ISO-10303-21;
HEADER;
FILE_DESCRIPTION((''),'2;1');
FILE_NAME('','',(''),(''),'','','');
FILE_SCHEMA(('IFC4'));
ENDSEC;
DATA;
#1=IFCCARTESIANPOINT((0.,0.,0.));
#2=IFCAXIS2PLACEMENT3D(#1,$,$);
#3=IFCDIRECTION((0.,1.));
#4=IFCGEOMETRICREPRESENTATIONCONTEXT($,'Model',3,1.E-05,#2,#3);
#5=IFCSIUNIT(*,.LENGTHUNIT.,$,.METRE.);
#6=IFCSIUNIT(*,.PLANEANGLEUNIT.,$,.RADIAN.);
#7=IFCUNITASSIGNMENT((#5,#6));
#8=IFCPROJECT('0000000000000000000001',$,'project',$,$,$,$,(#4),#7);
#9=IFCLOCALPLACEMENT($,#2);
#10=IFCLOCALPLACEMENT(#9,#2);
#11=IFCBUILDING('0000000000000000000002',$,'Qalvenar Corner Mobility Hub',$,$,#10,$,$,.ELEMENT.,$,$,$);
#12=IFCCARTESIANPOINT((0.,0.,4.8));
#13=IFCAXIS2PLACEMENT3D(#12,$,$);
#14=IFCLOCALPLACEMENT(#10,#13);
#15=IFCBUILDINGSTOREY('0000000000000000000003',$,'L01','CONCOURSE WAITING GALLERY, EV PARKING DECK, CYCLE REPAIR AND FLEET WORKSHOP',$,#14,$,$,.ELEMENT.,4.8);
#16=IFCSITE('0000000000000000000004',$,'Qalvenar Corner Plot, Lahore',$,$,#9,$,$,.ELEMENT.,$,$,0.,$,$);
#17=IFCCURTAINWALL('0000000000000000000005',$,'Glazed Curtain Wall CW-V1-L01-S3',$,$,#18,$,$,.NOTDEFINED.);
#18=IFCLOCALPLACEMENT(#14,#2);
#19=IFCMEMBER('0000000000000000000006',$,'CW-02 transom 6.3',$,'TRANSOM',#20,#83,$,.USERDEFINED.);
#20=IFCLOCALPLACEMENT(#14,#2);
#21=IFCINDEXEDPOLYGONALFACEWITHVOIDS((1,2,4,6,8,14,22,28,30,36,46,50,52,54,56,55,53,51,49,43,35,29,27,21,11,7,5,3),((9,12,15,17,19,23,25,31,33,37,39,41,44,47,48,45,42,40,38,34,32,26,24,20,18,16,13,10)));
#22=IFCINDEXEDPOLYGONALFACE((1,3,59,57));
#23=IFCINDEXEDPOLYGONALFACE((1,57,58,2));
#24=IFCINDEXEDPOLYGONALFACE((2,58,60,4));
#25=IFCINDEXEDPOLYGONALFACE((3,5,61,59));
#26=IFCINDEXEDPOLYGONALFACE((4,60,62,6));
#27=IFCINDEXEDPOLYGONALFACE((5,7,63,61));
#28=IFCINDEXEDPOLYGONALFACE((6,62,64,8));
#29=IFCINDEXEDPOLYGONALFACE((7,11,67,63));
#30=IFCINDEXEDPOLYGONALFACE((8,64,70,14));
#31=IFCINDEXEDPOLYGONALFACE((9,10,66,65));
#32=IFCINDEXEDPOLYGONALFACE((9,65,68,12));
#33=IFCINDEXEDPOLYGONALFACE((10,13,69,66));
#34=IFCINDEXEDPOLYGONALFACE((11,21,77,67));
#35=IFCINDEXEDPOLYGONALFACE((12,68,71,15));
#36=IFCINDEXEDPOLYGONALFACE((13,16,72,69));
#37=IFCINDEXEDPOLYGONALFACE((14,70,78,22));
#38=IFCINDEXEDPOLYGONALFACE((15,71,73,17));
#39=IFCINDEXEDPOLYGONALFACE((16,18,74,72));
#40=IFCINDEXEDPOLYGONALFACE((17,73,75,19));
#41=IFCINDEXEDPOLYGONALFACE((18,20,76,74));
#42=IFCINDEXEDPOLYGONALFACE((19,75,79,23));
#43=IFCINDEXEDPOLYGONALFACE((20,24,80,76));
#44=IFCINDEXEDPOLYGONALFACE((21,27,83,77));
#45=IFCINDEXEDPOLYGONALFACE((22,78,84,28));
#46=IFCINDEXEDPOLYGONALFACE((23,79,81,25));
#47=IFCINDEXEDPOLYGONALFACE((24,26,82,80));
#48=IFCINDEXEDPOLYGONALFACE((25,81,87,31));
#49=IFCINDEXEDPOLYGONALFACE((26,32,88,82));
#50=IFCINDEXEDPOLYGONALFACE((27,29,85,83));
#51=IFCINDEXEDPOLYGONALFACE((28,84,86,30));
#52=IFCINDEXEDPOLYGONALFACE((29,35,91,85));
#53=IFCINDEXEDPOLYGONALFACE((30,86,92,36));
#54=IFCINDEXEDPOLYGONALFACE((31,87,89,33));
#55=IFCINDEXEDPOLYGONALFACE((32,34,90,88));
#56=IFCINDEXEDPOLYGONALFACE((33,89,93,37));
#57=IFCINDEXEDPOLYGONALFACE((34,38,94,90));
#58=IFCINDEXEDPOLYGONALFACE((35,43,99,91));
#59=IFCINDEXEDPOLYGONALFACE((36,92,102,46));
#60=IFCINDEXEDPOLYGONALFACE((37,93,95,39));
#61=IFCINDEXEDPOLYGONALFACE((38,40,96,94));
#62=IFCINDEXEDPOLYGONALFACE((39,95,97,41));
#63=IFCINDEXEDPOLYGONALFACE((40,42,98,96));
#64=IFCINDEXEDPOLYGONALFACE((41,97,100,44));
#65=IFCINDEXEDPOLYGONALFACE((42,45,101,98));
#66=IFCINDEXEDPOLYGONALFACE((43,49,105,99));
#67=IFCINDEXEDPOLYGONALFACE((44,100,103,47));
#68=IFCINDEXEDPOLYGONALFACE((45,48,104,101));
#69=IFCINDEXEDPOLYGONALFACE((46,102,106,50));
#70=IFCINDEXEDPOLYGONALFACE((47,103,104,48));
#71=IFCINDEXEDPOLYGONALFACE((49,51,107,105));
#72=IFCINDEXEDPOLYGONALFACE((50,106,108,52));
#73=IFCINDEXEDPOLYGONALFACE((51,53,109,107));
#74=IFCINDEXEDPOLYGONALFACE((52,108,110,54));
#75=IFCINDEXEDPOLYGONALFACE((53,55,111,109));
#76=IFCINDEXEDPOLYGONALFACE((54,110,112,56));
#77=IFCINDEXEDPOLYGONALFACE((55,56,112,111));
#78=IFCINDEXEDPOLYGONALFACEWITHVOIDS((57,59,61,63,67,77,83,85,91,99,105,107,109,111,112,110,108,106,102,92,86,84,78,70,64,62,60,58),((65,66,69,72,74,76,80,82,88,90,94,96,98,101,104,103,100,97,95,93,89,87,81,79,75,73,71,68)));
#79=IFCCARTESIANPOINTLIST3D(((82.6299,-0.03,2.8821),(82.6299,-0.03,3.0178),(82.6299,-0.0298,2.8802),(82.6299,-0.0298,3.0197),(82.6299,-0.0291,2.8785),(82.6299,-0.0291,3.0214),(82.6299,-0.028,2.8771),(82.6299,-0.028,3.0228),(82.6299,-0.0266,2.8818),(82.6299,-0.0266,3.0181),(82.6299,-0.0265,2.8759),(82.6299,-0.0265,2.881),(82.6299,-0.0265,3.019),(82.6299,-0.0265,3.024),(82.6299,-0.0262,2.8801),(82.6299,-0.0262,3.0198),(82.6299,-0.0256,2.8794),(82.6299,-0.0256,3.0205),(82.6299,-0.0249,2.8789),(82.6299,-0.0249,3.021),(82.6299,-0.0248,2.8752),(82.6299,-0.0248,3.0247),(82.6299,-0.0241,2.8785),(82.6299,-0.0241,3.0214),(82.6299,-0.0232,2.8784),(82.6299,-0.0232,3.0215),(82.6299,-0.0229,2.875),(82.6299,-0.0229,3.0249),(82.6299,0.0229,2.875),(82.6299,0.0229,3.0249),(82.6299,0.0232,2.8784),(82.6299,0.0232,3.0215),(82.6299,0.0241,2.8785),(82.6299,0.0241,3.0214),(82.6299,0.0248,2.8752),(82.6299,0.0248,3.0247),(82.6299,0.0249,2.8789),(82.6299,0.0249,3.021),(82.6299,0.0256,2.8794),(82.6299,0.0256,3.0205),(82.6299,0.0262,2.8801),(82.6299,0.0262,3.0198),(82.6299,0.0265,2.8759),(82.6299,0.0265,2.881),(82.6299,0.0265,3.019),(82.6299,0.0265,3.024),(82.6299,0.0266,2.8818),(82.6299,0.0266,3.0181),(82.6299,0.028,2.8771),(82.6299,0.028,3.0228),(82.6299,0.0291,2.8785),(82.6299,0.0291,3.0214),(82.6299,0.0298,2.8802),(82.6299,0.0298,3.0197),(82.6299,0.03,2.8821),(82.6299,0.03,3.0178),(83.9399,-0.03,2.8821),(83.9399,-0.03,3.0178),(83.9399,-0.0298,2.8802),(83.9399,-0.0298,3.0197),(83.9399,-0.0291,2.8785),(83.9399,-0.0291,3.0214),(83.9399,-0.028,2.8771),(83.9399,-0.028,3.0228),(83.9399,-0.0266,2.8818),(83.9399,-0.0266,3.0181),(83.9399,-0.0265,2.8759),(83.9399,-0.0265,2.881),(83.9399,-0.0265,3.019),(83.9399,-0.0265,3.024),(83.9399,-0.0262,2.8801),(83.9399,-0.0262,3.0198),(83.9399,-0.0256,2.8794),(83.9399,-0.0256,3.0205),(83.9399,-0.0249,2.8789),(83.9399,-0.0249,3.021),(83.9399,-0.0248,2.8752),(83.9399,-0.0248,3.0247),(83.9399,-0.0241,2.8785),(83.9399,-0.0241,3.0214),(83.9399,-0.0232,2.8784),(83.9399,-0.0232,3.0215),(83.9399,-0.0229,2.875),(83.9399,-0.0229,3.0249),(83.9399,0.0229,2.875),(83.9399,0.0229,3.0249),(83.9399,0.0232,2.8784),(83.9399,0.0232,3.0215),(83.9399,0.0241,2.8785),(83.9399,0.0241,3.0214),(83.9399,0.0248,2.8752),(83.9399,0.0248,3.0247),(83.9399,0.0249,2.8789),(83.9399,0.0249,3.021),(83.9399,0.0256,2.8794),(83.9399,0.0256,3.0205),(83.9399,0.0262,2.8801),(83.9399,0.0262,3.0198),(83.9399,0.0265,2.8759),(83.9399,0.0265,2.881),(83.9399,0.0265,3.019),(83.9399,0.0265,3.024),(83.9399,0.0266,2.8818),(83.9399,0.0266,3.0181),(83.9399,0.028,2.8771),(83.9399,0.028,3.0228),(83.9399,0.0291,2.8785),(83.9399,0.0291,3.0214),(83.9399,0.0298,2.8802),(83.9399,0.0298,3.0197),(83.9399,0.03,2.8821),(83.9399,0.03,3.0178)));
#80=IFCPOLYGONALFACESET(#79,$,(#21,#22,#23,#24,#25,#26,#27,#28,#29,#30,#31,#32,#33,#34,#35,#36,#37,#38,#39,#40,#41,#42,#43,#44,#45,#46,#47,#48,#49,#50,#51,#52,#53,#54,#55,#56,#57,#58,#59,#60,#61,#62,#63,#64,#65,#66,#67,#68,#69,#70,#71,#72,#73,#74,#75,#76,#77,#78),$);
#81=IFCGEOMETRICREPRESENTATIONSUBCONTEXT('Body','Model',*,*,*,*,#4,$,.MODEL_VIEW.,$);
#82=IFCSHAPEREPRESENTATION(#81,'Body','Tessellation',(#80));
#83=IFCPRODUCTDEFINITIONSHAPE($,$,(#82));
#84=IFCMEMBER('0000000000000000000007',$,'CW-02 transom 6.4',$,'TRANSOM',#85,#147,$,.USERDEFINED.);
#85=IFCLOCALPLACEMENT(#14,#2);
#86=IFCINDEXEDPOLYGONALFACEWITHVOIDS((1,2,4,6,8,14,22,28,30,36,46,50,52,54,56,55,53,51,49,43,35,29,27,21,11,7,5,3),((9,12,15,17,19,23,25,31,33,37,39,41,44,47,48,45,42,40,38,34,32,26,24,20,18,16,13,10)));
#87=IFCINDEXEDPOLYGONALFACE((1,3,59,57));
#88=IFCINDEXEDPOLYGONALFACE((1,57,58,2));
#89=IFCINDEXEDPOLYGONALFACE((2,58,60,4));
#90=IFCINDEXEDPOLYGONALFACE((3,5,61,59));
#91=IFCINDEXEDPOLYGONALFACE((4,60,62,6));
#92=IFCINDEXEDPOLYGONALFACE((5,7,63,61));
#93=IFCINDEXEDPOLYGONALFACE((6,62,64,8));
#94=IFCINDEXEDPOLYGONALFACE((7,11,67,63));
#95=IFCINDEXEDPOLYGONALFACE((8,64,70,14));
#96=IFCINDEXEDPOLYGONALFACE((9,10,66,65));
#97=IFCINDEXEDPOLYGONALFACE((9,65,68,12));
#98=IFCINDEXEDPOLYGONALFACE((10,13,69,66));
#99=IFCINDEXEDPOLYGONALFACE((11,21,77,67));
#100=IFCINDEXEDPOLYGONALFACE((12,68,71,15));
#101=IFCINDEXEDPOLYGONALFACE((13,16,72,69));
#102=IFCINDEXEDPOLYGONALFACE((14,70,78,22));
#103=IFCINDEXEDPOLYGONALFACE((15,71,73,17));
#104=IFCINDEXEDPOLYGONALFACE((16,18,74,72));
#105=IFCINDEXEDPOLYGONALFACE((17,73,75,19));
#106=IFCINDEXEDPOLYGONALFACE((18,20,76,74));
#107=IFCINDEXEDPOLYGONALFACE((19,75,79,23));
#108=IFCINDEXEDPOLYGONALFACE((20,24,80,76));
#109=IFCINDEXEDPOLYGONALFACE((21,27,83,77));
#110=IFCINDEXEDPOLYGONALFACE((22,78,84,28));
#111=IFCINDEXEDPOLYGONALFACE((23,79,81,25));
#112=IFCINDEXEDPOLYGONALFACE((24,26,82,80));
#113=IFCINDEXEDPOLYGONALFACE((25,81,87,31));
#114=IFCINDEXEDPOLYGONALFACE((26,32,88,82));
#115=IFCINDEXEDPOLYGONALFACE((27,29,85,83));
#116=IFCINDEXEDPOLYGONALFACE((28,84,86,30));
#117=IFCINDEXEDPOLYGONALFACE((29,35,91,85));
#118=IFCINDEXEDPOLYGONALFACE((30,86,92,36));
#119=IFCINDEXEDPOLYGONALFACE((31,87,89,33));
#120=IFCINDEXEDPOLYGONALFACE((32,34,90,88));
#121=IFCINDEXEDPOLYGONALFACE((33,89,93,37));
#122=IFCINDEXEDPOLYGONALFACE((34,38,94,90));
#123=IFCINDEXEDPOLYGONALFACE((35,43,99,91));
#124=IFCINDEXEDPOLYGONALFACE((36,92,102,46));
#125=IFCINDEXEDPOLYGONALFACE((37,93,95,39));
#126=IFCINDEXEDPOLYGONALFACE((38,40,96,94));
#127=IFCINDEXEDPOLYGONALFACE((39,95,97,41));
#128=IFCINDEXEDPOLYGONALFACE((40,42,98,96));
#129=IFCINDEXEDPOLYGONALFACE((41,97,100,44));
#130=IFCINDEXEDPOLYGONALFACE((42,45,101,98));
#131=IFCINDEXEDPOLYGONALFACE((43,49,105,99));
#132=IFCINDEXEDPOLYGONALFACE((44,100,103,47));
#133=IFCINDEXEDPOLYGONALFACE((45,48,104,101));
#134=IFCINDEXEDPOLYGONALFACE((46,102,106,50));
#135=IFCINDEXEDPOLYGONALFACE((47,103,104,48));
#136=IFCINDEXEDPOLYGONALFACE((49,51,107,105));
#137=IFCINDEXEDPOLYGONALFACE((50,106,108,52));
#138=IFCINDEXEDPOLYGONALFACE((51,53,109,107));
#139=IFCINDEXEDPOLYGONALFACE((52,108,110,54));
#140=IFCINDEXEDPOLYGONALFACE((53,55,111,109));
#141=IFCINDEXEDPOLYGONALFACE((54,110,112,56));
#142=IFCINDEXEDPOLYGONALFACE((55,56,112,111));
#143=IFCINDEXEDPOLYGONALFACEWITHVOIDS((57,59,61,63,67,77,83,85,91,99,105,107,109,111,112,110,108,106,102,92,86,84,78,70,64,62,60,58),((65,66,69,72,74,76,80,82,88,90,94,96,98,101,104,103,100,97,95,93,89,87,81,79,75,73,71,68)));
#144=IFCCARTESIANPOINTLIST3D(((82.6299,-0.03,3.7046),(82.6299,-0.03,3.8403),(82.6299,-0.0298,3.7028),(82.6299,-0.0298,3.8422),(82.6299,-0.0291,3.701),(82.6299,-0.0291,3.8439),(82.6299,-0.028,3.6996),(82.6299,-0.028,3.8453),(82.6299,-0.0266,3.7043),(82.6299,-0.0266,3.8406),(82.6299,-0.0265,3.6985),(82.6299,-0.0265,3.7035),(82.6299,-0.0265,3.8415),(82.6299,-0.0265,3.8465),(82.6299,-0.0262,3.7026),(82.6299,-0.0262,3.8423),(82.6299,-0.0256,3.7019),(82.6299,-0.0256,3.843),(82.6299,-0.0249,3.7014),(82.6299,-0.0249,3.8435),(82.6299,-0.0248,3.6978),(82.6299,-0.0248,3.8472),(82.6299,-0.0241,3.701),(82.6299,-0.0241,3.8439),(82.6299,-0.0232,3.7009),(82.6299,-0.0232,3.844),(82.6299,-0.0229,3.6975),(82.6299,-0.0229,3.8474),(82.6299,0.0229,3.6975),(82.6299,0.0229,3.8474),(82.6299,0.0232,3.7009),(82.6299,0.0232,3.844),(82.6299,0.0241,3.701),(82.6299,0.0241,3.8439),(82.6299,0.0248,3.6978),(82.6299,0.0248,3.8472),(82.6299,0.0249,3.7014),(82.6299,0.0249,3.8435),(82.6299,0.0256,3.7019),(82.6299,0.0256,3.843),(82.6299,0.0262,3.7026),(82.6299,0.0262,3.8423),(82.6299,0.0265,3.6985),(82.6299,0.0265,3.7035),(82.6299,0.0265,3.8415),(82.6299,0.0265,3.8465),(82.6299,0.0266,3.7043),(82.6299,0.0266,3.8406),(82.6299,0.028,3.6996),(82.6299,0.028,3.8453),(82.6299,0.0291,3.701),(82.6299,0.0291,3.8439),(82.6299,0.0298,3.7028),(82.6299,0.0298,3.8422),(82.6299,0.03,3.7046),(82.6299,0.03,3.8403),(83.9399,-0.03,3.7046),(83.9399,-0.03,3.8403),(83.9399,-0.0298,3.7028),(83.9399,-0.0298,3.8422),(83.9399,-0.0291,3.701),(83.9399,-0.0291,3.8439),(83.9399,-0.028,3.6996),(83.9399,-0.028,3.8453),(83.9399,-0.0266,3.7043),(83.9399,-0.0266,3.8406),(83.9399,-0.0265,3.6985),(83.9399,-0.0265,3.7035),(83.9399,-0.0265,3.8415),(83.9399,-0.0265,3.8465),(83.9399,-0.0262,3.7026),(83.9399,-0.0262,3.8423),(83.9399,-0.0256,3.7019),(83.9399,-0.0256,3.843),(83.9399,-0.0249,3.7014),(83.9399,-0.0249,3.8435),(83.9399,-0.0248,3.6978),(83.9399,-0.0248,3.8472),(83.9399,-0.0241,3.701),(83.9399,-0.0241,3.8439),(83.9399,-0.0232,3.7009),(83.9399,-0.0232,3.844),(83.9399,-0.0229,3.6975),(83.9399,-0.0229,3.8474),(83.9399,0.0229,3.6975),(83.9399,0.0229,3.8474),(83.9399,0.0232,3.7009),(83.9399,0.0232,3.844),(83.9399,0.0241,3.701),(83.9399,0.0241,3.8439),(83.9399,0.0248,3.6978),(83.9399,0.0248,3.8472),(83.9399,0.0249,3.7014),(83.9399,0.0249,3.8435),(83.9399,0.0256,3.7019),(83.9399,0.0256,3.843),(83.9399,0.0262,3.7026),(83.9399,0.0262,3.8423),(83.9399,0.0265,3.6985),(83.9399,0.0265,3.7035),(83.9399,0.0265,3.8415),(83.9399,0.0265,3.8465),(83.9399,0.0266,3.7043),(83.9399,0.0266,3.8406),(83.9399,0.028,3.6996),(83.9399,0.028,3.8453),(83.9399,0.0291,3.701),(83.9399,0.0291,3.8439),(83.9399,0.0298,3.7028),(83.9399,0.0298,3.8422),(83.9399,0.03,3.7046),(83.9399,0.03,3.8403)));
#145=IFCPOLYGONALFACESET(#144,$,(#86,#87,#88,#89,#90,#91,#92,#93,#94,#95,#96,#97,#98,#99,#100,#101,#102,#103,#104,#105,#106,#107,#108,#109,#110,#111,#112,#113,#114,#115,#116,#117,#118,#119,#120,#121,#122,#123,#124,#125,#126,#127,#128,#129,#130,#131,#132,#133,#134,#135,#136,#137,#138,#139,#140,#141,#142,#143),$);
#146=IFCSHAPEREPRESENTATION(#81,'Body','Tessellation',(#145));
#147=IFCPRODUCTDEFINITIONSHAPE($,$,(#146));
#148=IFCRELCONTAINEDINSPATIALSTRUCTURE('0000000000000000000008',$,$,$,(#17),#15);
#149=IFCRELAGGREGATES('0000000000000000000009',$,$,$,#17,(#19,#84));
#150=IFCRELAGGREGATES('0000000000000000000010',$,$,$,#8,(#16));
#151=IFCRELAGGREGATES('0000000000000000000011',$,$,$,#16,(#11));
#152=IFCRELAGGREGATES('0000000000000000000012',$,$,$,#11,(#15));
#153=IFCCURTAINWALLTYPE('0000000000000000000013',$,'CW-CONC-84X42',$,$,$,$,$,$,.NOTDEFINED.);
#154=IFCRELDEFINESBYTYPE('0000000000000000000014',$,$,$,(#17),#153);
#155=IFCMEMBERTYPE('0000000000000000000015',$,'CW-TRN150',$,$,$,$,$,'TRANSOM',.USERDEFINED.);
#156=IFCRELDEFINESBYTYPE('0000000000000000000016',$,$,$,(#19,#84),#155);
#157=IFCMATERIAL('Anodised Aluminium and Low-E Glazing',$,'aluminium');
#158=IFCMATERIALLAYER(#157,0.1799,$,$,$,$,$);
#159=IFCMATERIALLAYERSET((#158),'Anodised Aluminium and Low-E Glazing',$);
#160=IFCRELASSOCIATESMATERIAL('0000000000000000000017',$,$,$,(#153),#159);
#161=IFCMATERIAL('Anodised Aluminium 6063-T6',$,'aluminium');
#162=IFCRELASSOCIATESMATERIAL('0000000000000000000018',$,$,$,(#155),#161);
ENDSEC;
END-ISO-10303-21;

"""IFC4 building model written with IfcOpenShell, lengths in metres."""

from ifc_helpers import new_model, si_unit, direction, frame, origin, origin_2d, place, context, subcontext, project, spatial, hollow_rectangle, extrude, material, layer, layer_set, material_profile, profile_set, type_object, element, aggregate, save


model = new_model("IFC4")

# Units and contexts
model_context = context("Model", 3, precision=1e-05, world=origin(), true_north=direction((0.0, 1.0)))
body_context = subcontext(model_context, "Body", "Model", "MODEL_VIEW")
ifc_project = project(units=[si_unit("LENGTHUNIT", "METRE"), si_unit("PLANEANGLEUNIT", "RADIAN")], contexts=[model_context])

# Site, building, storey
site_placement = place(None, origin())
site = spatial("IfcSite", under=ifc_project, at=site_placement, Name="Qalvenar Corner Plot, Lahore", CompositionType="ELEMENT", RefElevation=0.0)
building_placement = place(site_placement, origin())
building = spatial("IfcBuilding", under=site, at=building_placement, Name="Qalvenar Corner Mobility Hub", CompositionType="ELEMENT")
storey_placement = place(building_placement, frame((0.0, 0.0, 4.8)))
storey = spatial("IfcBuildingStorey", under=building, at=storey_placement, Name="L01", Description="CONCOURSE WAITING GALLERY, EV PARKING DECK, CYCLE REPAIR AND FLEET WORKSHOP", CompositionType="ELEMENT", Elevation=4.8)

# Curtain wall
ifc_material_1 = material(Name="Anodised Aluminium and Low-E Glazing", Category="aluminium")
ifc_layer_1 = layer(ifc_material_1, 0.1799)
ifc_layer_set_1 = layer_set([ifc_layer_1], Name="Anodised Aluminium and Low-E Glazing")
curtain_wall_type = type_object("IfcCurtainWallType", Name="CW-CONC-84X42", PredefinedType="NOTDEFINED", material=ifc_layer_set_1)
curtain_wall_1_placement = place(storey_placement, origin())
curtain_wall_1 = element("IfcCurtainWall", 1, at=curtain_wall_1_placement, inside=storey, type_object=curtain_wall_type, Name="Glazed Curtain Wall CW-V1-L01-S3", PredefinedType="NOTDEFINED")
ifc_material_2 = material(Name="Anodised Aluminium 6063-T6", Category="aluminium")

# Members
ifc_material_profile_1 = material_profile(ifc_material_2, hollow_rectangle(XDim=0.0601, YDim=0.1499, WallThickness=0.0034, InnerFilletRadius=0.0034, OuterFilletRadius=0.0071, at=origin_2d()), Name="RHS150x60x3.5")
ifc_profile_set_1 = profile_set([ifc_material_profile_1], Name="Anodised Aluminium 6063-T6")
member_type_1 = type_object("IfcMemberType", Name="CW-TRN150", ElementType="TRANSOM", PredefinedType="USERDEFINED", material=ifc_profile_set_1)
member_1_placement = place(storey_placement, frame((82.6299, 0.0, 2.95), z_axis=(1.0, 0.0, 0.0), x_axis=(0.0, 1.0, 0.0)))
member_1 = element("IfcMember", 2, at=member_1_placement, type_object=member_type_1, Name="CW-02 transom 6.3", ObjectType="TRANSOM", PredefinedType="USERDEFINED", context=body_context, shape_type="SweptSolid", body=[
    extrude(hollow_rectangle(XDim=0.0601, YDim=0.1499, WallThickness=0.0034, InnerFilletRadius=0.0034, OuterFilletRadius=0.0071, at=origin_2d()), origin(), (0.0, 0.0, 1.0), 1.3101),
])
member_2_placement = place(storey_placement, frame((82.6299, 0.0, 3.7725), z_axis=(1.0, 0.0, 0.0), x_axis=(0.0, 1.0, 0.0)))
member_2 = element("IfcMember", 3, at=member_2_placement, type_object=member_type_1, Name="CW-02 transom 6.4", ObjectType="TRANSOM", PredefinedType="USERDEFINED", context=body_context, shape_type="SweptSolid", body=[
    extrude(hollow_rectangle(XDim=0.0601, YDim=0.1499, WallThickness=0.0034, InnerFilletRadius=0.0034, OuterFilletRadius=0.0071, at=origin_2d()), origin(), (0.0, 0.0, 1.0), 1.3101),
])

aggregate(curtain_wall_1, [member_1, member_2])

save(model, "model.ifc")
